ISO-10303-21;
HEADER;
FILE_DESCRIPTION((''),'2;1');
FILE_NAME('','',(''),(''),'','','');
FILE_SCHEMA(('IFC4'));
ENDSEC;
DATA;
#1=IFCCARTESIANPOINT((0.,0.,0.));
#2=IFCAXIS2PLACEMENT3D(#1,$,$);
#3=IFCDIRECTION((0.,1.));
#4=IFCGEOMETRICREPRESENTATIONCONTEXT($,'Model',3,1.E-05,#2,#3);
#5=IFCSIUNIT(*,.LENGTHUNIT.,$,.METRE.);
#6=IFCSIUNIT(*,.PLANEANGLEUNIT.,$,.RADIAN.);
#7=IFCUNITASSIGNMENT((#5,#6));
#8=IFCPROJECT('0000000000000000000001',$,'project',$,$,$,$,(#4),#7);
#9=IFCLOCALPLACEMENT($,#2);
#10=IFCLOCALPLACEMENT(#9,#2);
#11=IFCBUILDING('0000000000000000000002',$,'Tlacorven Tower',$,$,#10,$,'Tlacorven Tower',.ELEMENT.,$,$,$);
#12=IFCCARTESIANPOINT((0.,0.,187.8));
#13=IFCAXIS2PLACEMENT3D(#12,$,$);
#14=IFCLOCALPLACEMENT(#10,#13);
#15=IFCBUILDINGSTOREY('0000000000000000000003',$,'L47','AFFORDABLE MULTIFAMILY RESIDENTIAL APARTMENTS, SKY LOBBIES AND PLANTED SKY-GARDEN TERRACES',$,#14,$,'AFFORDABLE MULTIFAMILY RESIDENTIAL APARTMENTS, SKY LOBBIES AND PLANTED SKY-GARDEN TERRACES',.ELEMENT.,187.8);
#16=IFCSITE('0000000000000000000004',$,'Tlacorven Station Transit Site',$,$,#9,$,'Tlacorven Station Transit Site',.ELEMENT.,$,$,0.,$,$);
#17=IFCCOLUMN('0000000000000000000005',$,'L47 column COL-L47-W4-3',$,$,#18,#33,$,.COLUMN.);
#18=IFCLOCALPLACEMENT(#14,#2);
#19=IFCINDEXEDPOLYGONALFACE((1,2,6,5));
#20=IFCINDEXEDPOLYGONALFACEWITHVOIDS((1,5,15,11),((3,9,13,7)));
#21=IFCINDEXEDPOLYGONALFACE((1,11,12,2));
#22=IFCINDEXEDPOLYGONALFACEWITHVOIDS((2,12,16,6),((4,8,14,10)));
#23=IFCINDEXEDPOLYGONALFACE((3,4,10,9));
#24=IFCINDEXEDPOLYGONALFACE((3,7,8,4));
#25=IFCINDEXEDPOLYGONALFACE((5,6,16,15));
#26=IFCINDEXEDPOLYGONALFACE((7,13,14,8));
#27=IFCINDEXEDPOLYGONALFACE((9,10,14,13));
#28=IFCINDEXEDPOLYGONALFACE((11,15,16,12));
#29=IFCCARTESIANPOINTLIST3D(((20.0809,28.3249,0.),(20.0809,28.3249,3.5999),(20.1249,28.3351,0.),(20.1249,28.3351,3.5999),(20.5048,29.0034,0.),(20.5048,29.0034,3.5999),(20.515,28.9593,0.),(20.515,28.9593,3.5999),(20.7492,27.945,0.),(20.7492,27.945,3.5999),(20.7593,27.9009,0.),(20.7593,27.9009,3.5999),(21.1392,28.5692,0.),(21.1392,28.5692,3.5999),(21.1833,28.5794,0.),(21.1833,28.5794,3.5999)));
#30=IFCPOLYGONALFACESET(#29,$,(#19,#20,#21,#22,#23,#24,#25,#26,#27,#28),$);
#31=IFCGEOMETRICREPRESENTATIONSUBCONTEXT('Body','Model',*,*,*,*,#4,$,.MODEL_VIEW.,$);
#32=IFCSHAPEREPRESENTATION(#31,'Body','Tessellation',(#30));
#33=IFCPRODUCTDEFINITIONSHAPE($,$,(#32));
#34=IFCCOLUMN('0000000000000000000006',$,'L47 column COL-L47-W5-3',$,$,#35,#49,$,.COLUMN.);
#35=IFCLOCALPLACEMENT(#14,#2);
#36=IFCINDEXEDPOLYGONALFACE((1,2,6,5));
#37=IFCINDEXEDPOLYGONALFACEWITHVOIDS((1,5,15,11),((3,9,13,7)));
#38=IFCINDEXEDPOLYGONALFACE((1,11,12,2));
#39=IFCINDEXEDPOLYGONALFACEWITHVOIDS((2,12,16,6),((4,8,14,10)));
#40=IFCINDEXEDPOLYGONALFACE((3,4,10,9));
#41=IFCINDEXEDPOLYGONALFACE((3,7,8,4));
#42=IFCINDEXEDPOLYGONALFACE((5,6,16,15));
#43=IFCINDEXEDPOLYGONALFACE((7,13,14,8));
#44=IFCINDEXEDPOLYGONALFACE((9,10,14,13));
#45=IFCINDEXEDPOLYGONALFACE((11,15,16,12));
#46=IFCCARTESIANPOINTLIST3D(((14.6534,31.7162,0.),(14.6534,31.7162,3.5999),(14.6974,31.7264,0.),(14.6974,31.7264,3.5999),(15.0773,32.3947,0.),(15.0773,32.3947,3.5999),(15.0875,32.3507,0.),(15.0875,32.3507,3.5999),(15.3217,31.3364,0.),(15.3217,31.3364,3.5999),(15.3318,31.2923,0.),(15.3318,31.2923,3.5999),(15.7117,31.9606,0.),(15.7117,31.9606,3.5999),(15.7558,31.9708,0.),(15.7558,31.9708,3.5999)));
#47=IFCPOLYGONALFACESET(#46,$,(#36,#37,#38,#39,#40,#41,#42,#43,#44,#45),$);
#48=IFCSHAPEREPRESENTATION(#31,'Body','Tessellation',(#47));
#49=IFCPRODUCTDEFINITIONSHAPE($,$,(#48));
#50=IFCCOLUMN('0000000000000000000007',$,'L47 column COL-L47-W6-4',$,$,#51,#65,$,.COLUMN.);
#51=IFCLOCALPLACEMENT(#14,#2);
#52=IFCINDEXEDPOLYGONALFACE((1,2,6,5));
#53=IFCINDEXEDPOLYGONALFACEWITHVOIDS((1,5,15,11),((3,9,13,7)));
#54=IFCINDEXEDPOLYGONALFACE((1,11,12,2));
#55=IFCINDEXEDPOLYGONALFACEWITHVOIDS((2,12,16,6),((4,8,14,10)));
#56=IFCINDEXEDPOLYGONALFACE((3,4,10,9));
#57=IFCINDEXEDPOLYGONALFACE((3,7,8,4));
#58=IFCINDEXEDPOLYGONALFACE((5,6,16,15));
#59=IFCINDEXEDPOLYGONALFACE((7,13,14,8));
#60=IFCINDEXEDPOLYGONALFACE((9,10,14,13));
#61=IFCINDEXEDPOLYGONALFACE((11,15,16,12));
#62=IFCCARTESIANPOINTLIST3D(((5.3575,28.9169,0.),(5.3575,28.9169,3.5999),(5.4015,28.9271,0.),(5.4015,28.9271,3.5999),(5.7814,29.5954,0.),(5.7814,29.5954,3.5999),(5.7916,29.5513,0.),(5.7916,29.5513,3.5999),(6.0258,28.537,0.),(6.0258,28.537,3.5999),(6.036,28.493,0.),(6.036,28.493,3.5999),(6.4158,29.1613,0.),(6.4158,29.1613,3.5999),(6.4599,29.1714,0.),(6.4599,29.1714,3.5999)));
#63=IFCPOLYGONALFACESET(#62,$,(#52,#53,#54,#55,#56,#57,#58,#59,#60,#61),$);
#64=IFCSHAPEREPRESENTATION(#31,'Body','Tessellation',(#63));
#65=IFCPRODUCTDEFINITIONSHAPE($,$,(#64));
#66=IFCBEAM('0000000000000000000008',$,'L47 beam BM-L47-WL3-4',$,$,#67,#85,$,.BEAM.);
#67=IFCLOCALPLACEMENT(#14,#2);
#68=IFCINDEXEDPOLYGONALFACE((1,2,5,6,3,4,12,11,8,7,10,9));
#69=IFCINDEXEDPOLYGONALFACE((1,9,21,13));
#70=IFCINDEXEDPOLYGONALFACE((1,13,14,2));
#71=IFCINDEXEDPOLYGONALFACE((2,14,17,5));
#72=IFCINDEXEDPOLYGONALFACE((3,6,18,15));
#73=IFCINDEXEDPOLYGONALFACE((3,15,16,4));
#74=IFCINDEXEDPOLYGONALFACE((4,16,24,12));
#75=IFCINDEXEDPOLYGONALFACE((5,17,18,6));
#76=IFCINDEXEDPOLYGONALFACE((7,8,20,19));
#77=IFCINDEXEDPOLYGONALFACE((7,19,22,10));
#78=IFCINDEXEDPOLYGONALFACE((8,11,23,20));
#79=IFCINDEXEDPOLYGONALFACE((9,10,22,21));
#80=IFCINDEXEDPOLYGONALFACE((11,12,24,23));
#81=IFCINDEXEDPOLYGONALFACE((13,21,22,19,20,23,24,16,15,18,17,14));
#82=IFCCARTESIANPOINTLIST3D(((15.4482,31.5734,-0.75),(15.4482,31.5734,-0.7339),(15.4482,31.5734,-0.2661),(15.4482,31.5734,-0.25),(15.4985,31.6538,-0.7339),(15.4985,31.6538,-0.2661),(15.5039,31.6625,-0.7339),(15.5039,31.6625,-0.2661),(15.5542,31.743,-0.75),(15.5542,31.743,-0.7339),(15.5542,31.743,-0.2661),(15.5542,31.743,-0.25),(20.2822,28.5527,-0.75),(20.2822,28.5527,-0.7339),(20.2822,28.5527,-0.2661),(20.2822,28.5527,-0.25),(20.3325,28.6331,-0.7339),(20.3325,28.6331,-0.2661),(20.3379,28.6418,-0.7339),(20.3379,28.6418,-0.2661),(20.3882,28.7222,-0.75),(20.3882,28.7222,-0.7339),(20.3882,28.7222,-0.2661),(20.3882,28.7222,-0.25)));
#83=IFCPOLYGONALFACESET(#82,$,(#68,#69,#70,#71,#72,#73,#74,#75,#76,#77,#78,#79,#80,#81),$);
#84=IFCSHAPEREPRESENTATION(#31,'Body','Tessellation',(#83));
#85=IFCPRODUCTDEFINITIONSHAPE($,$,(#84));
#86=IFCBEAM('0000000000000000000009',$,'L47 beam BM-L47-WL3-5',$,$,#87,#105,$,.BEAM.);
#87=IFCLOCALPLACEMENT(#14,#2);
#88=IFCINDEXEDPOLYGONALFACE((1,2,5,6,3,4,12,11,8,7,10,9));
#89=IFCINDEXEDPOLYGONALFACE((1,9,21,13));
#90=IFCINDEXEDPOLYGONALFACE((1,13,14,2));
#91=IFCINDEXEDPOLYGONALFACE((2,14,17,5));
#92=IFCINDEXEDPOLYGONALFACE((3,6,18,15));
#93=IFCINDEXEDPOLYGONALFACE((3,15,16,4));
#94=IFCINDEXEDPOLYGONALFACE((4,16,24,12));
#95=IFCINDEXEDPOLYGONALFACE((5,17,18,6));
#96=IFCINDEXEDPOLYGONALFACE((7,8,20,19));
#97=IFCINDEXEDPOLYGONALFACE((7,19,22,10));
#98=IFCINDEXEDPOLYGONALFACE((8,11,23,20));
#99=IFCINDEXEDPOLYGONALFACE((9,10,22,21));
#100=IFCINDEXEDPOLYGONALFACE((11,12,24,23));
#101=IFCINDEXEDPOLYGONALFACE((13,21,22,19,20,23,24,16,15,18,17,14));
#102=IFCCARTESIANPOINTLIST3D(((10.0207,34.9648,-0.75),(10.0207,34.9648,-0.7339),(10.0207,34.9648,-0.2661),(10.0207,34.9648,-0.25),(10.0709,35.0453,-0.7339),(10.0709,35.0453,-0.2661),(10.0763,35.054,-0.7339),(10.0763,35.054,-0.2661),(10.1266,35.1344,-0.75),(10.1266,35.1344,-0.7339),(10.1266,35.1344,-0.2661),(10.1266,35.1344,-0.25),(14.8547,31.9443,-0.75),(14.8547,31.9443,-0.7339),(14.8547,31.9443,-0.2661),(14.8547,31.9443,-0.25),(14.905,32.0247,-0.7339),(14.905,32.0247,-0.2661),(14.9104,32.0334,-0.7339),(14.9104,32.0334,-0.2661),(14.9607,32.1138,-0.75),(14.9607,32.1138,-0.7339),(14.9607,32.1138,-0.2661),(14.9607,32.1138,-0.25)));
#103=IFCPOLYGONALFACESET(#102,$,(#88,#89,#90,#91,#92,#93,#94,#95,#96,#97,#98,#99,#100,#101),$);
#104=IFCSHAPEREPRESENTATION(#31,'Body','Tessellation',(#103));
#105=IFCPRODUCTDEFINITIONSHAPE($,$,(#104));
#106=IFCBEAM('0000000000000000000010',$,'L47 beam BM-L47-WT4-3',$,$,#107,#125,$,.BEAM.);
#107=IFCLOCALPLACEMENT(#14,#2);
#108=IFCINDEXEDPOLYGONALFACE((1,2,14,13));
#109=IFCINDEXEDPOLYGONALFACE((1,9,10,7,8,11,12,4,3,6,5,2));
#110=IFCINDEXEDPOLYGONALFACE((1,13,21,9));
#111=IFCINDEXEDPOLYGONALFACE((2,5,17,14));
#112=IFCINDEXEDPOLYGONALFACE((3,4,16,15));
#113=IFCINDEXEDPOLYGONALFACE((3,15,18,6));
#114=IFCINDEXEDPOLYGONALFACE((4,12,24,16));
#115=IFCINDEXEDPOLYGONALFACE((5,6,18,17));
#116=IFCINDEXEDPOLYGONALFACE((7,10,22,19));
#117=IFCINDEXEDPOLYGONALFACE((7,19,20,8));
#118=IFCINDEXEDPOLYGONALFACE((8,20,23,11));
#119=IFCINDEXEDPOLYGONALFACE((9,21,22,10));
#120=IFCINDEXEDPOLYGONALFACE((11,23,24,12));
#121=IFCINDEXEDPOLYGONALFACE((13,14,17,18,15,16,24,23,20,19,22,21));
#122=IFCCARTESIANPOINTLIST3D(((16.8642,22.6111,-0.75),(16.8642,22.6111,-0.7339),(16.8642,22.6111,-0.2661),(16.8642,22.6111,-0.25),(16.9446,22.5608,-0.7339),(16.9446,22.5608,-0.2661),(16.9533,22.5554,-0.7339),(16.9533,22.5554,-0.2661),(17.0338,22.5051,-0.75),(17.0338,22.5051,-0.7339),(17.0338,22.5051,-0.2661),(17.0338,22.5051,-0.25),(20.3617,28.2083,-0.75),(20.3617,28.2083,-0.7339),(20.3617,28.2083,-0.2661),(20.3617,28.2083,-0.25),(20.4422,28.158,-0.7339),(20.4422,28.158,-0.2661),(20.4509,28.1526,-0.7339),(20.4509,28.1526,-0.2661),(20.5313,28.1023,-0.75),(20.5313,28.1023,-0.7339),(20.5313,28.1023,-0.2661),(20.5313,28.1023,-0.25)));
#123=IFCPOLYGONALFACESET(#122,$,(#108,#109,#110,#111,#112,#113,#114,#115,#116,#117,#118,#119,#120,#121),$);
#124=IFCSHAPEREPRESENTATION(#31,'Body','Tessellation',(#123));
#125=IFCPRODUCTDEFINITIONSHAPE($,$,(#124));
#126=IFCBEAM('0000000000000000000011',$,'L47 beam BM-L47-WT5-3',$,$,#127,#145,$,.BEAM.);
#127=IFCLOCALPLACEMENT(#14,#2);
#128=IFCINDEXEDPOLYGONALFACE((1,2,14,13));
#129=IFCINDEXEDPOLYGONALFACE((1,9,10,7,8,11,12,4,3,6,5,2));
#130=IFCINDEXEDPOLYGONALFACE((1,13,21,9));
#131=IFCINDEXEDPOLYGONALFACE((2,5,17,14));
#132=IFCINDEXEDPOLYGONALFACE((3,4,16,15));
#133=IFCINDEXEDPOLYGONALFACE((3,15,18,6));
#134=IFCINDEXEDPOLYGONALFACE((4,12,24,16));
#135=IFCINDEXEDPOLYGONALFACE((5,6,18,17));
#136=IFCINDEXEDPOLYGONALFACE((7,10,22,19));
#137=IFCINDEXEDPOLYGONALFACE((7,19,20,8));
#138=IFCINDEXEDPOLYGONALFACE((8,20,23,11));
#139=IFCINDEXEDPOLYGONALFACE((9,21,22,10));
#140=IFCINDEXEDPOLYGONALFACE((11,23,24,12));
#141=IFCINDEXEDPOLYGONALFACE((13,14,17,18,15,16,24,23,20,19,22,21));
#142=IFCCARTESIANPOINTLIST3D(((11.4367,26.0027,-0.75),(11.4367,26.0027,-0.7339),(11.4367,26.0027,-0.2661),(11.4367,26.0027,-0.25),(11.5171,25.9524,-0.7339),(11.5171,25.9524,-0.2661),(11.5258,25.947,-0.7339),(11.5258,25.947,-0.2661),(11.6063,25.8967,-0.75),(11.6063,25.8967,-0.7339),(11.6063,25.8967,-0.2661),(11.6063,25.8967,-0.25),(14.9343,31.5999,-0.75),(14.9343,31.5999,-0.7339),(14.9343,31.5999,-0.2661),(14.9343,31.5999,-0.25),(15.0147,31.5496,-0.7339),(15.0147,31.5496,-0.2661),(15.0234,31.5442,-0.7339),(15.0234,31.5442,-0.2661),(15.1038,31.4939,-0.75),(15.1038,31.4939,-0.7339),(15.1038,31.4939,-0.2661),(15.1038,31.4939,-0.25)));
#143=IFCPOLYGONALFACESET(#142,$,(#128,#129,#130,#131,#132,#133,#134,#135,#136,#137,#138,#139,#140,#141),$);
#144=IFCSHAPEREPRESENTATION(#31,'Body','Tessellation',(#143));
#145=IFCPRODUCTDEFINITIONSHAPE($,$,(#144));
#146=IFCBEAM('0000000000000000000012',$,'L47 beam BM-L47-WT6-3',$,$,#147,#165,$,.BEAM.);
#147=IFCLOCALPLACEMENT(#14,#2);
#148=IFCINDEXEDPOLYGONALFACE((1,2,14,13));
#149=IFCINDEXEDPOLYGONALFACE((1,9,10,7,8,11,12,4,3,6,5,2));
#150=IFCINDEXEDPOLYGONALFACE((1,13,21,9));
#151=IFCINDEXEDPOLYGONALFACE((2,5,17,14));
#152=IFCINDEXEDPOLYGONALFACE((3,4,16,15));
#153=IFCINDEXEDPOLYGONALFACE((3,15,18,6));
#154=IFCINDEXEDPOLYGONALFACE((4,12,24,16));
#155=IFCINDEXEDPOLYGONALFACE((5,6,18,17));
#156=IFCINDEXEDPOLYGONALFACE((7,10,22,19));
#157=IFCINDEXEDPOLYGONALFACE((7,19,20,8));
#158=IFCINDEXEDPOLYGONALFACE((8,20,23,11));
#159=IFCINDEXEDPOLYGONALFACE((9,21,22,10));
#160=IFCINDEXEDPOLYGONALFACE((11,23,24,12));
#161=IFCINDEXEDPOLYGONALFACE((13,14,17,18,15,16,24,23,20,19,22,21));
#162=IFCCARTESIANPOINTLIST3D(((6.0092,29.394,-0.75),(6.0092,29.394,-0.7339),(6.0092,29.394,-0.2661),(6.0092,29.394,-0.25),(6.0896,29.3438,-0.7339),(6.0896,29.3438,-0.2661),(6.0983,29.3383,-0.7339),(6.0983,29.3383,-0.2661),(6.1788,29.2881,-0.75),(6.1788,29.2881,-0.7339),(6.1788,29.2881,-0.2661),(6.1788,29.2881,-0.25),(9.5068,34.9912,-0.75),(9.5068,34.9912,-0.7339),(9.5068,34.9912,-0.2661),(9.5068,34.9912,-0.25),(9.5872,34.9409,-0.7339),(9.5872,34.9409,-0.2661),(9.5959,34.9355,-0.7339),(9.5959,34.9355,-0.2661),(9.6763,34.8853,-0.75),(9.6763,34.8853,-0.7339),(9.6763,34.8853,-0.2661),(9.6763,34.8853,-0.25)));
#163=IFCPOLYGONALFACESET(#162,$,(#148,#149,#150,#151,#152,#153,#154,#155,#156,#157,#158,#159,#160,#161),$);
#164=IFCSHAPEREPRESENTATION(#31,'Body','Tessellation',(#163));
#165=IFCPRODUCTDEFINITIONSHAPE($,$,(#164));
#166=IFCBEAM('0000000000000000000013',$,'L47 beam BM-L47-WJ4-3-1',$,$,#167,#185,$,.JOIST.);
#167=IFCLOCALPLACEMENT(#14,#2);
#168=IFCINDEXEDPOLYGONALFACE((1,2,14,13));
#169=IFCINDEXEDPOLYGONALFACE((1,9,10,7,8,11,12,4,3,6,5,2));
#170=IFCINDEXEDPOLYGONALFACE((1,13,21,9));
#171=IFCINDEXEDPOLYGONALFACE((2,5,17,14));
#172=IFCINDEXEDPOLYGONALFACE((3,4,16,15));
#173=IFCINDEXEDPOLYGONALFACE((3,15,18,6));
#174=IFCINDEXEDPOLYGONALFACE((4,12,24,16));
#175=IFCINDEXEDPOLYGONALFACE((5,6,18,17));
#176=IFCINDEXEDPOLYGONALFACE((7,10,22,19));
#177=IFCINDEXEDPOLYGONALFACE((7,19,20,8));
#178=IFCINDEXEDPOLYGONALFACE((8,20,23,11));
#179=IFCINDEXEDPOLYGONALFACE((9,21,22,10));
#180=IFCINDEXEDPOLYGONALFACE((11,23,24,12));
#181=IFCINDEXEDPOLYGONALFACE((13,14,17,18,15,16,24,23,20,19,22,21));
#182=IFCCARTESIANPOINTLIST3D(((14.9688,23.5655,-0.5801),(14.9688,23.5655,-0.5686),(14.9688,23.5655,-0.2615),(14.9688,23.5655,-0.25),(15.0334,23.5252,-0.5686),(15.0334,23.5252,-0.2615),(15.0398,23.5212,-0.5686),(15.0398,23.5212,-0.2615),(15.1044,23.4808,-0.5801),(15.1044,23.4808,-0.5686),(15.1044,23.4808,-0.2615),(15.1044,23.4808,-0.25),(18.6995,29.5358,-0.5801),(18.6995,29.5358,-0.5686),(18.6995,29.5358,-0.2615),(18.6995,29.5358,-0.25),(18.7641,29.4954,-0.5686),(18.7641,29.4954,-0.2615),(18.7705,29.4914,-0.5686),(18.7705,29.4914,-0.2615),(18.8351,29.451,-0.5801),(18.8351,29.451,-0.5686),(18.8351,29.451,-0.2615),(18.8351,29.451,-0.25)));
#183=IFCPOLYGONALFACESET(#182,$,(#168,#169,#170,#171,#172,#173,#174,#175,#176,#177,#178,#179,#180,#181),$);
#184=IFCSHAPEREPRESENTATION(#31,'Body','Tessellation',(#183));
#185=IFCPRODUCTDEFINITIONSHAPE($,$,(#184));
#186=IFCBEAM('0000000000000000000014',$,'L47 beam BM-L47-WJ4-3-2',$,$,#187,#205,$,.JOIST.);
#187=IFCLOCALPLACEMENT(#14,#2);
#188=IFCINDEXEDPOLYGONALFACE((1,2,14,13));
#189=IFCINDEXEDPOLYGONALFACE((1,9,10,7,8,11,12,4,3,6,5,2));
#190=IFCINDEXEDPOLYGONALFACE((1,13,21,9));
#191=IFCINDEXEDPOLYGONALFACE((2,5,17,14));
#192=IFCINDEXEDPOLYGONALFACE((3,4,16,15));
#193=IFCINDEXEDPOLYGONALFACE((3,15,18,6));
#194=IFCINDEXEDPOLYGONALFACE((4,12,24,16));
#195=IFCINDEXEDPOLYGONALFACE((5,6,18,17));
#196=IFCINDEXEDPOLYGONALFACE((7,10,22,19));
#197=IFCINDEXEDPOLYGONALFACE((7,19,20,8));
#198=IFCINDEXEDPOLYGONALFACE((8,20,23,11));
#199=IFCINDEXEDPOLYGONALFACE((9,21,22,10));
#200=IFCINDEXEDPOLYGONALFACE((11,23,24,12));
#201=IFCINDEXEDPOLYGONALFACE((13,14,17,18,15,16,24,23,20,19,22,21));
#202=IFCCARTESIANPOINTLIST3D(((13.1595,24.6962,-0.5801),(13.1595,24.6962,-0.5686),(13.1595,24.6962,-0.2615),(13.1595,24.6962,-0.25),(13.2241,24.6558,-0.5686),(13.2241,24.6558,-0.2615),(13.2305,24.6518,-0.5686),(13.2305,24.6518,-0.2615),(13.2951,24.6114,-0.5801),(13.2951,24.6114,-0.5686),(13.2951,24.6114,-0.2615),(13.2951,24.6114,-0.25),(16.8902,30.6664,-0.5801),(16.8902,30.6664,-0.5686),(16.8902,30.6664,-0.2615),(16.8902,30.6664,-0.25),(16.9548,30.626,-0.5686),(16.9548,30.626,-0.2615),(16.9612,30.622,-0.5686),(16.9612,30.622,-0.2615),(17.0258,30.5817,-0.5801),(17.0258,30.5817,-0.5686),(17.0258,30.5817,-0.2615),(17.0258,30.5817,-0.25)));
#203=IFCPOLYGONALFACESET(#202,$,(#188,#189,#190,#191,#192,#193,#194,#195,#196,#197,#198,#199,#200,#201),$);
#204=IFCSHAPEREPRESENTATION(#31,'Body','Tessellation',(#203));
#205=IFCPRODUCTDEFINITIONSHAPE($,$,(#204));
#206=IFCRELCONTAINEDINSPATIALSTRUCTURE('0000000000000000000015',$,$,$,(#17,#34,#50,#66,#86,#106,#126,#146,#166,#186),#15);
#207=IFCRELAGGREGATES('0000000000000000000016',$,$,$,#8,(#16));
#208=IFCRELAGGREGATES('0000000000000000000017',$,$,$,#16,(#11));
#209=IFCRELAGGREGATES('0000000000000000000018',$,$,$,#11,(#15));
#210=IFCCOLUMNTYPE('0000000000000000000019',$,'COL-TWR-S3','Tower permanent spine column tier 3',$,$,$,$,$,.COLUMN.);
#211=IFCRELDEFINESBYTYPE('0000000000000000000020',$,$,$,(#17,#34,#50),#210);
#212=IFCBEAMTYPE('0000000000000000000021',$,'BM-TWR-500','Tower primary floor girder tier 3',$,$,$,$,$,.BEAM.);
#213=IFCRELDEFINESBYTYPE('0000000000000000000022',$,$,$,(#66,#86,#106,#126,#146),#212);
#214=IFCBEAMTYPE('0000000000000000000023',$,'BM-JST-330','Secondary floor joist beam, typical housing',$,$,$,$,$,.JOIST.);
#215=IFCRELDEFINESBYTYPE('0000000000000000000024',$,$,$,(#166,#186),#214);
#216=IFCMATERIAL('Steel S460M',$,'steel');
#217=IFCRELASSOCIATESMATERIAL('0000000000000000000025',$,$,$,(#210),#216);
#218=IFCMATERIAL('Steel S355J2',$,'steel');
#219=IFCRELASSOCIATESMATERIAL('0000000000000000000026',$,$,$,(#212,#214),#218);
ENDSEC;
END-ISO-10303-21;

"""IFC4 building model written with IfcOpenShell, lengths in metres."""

from ifc_helpers import new_model, si_unit, direction, frame, origin, origin_2d, place, context, subcontext, project, spatial, hollow_rectangle, i_section, extrude, source, transform, mapped, material, material_profile, profile_set, type_object, element, save


model = new_model("IFC4")

# Units and contexts
model_context = context("Model", 3, precision=1e-05, world=origin(), true_north=direction((0.0, 1.0)))
body_context = subcontext(model_context, "Body", "Model", "MODEL_VIEW")
ifc_project = project(units=[si_unit("LENGTHUNIT", "METRE"), si_unit("PLANEANGLEUNIT", "RADIAN")], contexts=[model_context])

# Site, building, storey
site_placement = place(None, origin())
site = spatial("IfcSite", under=ifc_project, at=site_placement, Name="Tlacorven Station Transit Site", LongName="Tlacorven Station Transit Site", CompositionType="ELEMENT", RefElevation=0.0)
building_placement = place(site_placement, origin())
building = spatial("IfcBuilding", under=site, at=building_placement, Name="Tlacorven Tower", LongName="Tlacorven Tower", CompositionType="ELEMENT")
storey_placement = place(building_placement, frame((0.0, 0.0, 187.8)))
storey = spatial("IfcBuildingStorey", under=building, at=storey_placement, Name="L47", Description="AFFORDABLE MULTIFAMILY RESIDENTIAL APARTMENTS, SKY LOBBIES AND PLANTED SKY-GARDEN TERRACES", LongName="AFFORDABLE MULTIFAMILY RESIDENTIAL APARTMENTS, SKY LOBBIES AND PLANTED SKY-GARDEN TERRACES", CompositionType="ELEMENT", Elevation=187.8)

# Columns
ifc_material_1 = material(Name="Steel S460M", Category="steel")
ifc_material_profile_1 = material_profile(ifc_material_1, hollow_rectangle(XDim=0.8, YDim=0.8, WallThickness=0.032, at=origin_2d()), Name="BOX 800X800X32")
ifc_profile_set_1 = profile_set([ifc_material_profile_1], Name="Steel S460M")
column_type = type_object("IfcColumnType", Name="COL-TWR-S3", Description="Tower permanent spine column tier 3", PredefinedType="COLUMN", material=ifc_profile_set_1)
shared_shape_1 = source(origin(), body_context, "Body", "SweptSolid", [
    extrude(hollow_rectangle(XDim=0.8, YDim=0.8, WallThickness=0.032, at=origin_2d()), origin(), (0.0, 0.0, 1.0), 3.5999),
])
for number, where, z_axis, x_axis, name in (
    (1, (20.6321, 28.4521, 0.0), (0.0, 0.0, 1.0), (-0.848048, 0.529919, 0.0), "L47 column COL-L47-W4-3"),
    (2, (15.2046, 31.8435, 0.0), (0.0, 0.0, 1.0), (-0.848048, 0.529919, 0.0), "L47 column COL-L47-W5-3"),
    (3, (5.9087, 29.0442, 0.0), (0.0, 0.0, 1.0), (-0.848048, 0.529919, 0.0), "L47 column COL-L47-W6-4"),
):
    element("IfcColumn", number, at=place(storey_placement, frame(where, z_axis=z_axis, x_axis=x_axis)), inside=storey, type_object=column_type, Name=name, PredefinedType="COLUMN", context=body_context, shape_type="MappedRepresentation", body=[
        mapped(shared_shape_1, transform((0.0, 0.0, 0.0), scale=1.0)),
    ])

# Beams
ifc_material_2 = material(Name="Steel S355J2", Category="steel")
ifc_material_profile_2 = material_profile(ifc_material_2, i_section(OverallWidth=0.2, OverallDepth=0.5, WebThickness=0.0103, FlangeThickness=0.0161, at=origin_2d()), Name="IPE 500")
ifc_profile_set_2 = profile_set([ifc_material_profile_2], Name="Steel S355J2")
beam_type_1 = type_object("IfcBeamType", Name="BM-TWR-500", Description="Tower primary floor girder tier 3", PredefinedType="BEAM", material=ifc_profile_set_2)
shared_shape_2 = source(origin(), body_context, "Body", "SweptSolid", [
    extrude(i_section(OverallWidth=0.2, OverallDepth=0.5, WebThickness=0.0103, FlangeThickness=0.0161, at=origin_2d()), origin(), (0.0, 0.0, 1.0), 5.7002),
])
for number, where, z_axis, x_axis, name in (
    (4, (20.3352, 28.6375, -0.5), (-0.848037, 0.529937, 0.0), (-0.529937, -0.848037, 0.0), "L47 beam BM-L47-WL3-4"),
    (5, (14.9077, 32.0291, -0.5), (-0.848056, 0.529907, 0.0), (-0.529907, -0.848056, 0.0), "L47 beam BM-L47-WL3-5"),
):
    element("IfcBeam", number, at=place(storey_placement, frame(where, z_axis=z_axis, x_axis=x_axis)), inside=storey, type_object=beam_type_1, Name=name, PredefinedType="BEAM", context=body_context, shape_type="MappedRepresentation", body=[
        mapped(shared_shape_2, transform((0.0, 0.0, 0.0), scale=1.0)),
    ])
shared_shape_3 = source(origin(), body_context, "Body", "SweptSolid", [
    extrude(i_section(OverallWidth=0.2, OverallDepth=0.5, WebThickness=0.0103, FlangeThickness=0.0161, at=origin_2d()), origin(), (0.0, 0.0, 1.0), 6.6001),
])
for number, where, z_axis, x_axis, name in (
    (6, (20.4465, 28.1553, -0.5), (-0.529926, -0.848044, 0.0), (0.848044, -0.529926, 0.0), "L47 beam BM-L47-WT4-3"),
    (7, (15.019, 31.5469, -0.5), (-0.529926, -0.848044, 0.0), (0.848044, -0.529926, 0.0), "L47 beam BM-L47-WT5-3"),
    (8, (9.5916, 34.9382, -0.5), (-0.529926, -0.848044, 0.0), (0.848044, -0.529926, 0.0), "L47 beam BM-L47-WT6-3"),
):
    element("IfcBeam", number, at=place(storey_placement, frame(where, z_axis=z_axis, x_axis=x_axis)), inside=storey, type_object=beam_type_1, Name=name, PredefinedType="BEAM", context=body_context, shape_type="MappedRepresentation", body=[
        mapped(shared_shape_3, transform((0.0, 0.0, 0.0), scale=1.0)),
    ])
ifc_material_profile_3 = material_profile(ifc_material_2, i_section(OverallWidth=0.1599, OverallDepth=0.3301, WebThickness=0.0076, FlangeThickness=0.0115, at=origin_2d()), Name="IPE 330")
ifc_profile_set_3 = profile_set([ifc_material_profile_3], Name="Steel S355J2")
beam_type_2 = type_object("IfcBeamType", Name="BM-JST-330", Description="Secondary floor joist beam, typical housing", PredefinedType="JOIST", material=ifc_profile_set_3)
shared_shape_4 = source(origin(), body_context, "Body", "SweptSolid", [
    extrude(i_section(OverallWidth=0.1599, OverallDepth=0.3301, WebThickness=0.0076, FlangeThickness=0.0115, at=origin_2d()), origin(), (0.0, 0.0, 1.0), 7.04),
])
for number, where, z_axis, x_axis, name in (
    (9, (18.7673, 29.4934, -0.415), (-0.52993, -0.848041, 0.0), (0.848041, -0.52993, 0.0), "L47 beam BM-L47-WJ4-3-1"),
    (10, (16.958, 30.624, -0.415), (-0.52993, -0.848041, 0.0), (0.848041, -0.52993, 0.0), "L47 beam BM-L47-WJ4-3-2"),
):
    element("IfcBeam", number, at=place(storey_placement, frame(where, z_axis=z_axis, x_axis=x_axis)), inside=storey, type_object=beam_type_2, Name=name, PredefinedType="JOIST", context=body_context, shape_type="MappedRepresentation", body=[
        mapped(shared_shape_4, transform((0.0, 0.0, 0.0), scale=1.0)),
    ])

save(model, "model.ifc")
